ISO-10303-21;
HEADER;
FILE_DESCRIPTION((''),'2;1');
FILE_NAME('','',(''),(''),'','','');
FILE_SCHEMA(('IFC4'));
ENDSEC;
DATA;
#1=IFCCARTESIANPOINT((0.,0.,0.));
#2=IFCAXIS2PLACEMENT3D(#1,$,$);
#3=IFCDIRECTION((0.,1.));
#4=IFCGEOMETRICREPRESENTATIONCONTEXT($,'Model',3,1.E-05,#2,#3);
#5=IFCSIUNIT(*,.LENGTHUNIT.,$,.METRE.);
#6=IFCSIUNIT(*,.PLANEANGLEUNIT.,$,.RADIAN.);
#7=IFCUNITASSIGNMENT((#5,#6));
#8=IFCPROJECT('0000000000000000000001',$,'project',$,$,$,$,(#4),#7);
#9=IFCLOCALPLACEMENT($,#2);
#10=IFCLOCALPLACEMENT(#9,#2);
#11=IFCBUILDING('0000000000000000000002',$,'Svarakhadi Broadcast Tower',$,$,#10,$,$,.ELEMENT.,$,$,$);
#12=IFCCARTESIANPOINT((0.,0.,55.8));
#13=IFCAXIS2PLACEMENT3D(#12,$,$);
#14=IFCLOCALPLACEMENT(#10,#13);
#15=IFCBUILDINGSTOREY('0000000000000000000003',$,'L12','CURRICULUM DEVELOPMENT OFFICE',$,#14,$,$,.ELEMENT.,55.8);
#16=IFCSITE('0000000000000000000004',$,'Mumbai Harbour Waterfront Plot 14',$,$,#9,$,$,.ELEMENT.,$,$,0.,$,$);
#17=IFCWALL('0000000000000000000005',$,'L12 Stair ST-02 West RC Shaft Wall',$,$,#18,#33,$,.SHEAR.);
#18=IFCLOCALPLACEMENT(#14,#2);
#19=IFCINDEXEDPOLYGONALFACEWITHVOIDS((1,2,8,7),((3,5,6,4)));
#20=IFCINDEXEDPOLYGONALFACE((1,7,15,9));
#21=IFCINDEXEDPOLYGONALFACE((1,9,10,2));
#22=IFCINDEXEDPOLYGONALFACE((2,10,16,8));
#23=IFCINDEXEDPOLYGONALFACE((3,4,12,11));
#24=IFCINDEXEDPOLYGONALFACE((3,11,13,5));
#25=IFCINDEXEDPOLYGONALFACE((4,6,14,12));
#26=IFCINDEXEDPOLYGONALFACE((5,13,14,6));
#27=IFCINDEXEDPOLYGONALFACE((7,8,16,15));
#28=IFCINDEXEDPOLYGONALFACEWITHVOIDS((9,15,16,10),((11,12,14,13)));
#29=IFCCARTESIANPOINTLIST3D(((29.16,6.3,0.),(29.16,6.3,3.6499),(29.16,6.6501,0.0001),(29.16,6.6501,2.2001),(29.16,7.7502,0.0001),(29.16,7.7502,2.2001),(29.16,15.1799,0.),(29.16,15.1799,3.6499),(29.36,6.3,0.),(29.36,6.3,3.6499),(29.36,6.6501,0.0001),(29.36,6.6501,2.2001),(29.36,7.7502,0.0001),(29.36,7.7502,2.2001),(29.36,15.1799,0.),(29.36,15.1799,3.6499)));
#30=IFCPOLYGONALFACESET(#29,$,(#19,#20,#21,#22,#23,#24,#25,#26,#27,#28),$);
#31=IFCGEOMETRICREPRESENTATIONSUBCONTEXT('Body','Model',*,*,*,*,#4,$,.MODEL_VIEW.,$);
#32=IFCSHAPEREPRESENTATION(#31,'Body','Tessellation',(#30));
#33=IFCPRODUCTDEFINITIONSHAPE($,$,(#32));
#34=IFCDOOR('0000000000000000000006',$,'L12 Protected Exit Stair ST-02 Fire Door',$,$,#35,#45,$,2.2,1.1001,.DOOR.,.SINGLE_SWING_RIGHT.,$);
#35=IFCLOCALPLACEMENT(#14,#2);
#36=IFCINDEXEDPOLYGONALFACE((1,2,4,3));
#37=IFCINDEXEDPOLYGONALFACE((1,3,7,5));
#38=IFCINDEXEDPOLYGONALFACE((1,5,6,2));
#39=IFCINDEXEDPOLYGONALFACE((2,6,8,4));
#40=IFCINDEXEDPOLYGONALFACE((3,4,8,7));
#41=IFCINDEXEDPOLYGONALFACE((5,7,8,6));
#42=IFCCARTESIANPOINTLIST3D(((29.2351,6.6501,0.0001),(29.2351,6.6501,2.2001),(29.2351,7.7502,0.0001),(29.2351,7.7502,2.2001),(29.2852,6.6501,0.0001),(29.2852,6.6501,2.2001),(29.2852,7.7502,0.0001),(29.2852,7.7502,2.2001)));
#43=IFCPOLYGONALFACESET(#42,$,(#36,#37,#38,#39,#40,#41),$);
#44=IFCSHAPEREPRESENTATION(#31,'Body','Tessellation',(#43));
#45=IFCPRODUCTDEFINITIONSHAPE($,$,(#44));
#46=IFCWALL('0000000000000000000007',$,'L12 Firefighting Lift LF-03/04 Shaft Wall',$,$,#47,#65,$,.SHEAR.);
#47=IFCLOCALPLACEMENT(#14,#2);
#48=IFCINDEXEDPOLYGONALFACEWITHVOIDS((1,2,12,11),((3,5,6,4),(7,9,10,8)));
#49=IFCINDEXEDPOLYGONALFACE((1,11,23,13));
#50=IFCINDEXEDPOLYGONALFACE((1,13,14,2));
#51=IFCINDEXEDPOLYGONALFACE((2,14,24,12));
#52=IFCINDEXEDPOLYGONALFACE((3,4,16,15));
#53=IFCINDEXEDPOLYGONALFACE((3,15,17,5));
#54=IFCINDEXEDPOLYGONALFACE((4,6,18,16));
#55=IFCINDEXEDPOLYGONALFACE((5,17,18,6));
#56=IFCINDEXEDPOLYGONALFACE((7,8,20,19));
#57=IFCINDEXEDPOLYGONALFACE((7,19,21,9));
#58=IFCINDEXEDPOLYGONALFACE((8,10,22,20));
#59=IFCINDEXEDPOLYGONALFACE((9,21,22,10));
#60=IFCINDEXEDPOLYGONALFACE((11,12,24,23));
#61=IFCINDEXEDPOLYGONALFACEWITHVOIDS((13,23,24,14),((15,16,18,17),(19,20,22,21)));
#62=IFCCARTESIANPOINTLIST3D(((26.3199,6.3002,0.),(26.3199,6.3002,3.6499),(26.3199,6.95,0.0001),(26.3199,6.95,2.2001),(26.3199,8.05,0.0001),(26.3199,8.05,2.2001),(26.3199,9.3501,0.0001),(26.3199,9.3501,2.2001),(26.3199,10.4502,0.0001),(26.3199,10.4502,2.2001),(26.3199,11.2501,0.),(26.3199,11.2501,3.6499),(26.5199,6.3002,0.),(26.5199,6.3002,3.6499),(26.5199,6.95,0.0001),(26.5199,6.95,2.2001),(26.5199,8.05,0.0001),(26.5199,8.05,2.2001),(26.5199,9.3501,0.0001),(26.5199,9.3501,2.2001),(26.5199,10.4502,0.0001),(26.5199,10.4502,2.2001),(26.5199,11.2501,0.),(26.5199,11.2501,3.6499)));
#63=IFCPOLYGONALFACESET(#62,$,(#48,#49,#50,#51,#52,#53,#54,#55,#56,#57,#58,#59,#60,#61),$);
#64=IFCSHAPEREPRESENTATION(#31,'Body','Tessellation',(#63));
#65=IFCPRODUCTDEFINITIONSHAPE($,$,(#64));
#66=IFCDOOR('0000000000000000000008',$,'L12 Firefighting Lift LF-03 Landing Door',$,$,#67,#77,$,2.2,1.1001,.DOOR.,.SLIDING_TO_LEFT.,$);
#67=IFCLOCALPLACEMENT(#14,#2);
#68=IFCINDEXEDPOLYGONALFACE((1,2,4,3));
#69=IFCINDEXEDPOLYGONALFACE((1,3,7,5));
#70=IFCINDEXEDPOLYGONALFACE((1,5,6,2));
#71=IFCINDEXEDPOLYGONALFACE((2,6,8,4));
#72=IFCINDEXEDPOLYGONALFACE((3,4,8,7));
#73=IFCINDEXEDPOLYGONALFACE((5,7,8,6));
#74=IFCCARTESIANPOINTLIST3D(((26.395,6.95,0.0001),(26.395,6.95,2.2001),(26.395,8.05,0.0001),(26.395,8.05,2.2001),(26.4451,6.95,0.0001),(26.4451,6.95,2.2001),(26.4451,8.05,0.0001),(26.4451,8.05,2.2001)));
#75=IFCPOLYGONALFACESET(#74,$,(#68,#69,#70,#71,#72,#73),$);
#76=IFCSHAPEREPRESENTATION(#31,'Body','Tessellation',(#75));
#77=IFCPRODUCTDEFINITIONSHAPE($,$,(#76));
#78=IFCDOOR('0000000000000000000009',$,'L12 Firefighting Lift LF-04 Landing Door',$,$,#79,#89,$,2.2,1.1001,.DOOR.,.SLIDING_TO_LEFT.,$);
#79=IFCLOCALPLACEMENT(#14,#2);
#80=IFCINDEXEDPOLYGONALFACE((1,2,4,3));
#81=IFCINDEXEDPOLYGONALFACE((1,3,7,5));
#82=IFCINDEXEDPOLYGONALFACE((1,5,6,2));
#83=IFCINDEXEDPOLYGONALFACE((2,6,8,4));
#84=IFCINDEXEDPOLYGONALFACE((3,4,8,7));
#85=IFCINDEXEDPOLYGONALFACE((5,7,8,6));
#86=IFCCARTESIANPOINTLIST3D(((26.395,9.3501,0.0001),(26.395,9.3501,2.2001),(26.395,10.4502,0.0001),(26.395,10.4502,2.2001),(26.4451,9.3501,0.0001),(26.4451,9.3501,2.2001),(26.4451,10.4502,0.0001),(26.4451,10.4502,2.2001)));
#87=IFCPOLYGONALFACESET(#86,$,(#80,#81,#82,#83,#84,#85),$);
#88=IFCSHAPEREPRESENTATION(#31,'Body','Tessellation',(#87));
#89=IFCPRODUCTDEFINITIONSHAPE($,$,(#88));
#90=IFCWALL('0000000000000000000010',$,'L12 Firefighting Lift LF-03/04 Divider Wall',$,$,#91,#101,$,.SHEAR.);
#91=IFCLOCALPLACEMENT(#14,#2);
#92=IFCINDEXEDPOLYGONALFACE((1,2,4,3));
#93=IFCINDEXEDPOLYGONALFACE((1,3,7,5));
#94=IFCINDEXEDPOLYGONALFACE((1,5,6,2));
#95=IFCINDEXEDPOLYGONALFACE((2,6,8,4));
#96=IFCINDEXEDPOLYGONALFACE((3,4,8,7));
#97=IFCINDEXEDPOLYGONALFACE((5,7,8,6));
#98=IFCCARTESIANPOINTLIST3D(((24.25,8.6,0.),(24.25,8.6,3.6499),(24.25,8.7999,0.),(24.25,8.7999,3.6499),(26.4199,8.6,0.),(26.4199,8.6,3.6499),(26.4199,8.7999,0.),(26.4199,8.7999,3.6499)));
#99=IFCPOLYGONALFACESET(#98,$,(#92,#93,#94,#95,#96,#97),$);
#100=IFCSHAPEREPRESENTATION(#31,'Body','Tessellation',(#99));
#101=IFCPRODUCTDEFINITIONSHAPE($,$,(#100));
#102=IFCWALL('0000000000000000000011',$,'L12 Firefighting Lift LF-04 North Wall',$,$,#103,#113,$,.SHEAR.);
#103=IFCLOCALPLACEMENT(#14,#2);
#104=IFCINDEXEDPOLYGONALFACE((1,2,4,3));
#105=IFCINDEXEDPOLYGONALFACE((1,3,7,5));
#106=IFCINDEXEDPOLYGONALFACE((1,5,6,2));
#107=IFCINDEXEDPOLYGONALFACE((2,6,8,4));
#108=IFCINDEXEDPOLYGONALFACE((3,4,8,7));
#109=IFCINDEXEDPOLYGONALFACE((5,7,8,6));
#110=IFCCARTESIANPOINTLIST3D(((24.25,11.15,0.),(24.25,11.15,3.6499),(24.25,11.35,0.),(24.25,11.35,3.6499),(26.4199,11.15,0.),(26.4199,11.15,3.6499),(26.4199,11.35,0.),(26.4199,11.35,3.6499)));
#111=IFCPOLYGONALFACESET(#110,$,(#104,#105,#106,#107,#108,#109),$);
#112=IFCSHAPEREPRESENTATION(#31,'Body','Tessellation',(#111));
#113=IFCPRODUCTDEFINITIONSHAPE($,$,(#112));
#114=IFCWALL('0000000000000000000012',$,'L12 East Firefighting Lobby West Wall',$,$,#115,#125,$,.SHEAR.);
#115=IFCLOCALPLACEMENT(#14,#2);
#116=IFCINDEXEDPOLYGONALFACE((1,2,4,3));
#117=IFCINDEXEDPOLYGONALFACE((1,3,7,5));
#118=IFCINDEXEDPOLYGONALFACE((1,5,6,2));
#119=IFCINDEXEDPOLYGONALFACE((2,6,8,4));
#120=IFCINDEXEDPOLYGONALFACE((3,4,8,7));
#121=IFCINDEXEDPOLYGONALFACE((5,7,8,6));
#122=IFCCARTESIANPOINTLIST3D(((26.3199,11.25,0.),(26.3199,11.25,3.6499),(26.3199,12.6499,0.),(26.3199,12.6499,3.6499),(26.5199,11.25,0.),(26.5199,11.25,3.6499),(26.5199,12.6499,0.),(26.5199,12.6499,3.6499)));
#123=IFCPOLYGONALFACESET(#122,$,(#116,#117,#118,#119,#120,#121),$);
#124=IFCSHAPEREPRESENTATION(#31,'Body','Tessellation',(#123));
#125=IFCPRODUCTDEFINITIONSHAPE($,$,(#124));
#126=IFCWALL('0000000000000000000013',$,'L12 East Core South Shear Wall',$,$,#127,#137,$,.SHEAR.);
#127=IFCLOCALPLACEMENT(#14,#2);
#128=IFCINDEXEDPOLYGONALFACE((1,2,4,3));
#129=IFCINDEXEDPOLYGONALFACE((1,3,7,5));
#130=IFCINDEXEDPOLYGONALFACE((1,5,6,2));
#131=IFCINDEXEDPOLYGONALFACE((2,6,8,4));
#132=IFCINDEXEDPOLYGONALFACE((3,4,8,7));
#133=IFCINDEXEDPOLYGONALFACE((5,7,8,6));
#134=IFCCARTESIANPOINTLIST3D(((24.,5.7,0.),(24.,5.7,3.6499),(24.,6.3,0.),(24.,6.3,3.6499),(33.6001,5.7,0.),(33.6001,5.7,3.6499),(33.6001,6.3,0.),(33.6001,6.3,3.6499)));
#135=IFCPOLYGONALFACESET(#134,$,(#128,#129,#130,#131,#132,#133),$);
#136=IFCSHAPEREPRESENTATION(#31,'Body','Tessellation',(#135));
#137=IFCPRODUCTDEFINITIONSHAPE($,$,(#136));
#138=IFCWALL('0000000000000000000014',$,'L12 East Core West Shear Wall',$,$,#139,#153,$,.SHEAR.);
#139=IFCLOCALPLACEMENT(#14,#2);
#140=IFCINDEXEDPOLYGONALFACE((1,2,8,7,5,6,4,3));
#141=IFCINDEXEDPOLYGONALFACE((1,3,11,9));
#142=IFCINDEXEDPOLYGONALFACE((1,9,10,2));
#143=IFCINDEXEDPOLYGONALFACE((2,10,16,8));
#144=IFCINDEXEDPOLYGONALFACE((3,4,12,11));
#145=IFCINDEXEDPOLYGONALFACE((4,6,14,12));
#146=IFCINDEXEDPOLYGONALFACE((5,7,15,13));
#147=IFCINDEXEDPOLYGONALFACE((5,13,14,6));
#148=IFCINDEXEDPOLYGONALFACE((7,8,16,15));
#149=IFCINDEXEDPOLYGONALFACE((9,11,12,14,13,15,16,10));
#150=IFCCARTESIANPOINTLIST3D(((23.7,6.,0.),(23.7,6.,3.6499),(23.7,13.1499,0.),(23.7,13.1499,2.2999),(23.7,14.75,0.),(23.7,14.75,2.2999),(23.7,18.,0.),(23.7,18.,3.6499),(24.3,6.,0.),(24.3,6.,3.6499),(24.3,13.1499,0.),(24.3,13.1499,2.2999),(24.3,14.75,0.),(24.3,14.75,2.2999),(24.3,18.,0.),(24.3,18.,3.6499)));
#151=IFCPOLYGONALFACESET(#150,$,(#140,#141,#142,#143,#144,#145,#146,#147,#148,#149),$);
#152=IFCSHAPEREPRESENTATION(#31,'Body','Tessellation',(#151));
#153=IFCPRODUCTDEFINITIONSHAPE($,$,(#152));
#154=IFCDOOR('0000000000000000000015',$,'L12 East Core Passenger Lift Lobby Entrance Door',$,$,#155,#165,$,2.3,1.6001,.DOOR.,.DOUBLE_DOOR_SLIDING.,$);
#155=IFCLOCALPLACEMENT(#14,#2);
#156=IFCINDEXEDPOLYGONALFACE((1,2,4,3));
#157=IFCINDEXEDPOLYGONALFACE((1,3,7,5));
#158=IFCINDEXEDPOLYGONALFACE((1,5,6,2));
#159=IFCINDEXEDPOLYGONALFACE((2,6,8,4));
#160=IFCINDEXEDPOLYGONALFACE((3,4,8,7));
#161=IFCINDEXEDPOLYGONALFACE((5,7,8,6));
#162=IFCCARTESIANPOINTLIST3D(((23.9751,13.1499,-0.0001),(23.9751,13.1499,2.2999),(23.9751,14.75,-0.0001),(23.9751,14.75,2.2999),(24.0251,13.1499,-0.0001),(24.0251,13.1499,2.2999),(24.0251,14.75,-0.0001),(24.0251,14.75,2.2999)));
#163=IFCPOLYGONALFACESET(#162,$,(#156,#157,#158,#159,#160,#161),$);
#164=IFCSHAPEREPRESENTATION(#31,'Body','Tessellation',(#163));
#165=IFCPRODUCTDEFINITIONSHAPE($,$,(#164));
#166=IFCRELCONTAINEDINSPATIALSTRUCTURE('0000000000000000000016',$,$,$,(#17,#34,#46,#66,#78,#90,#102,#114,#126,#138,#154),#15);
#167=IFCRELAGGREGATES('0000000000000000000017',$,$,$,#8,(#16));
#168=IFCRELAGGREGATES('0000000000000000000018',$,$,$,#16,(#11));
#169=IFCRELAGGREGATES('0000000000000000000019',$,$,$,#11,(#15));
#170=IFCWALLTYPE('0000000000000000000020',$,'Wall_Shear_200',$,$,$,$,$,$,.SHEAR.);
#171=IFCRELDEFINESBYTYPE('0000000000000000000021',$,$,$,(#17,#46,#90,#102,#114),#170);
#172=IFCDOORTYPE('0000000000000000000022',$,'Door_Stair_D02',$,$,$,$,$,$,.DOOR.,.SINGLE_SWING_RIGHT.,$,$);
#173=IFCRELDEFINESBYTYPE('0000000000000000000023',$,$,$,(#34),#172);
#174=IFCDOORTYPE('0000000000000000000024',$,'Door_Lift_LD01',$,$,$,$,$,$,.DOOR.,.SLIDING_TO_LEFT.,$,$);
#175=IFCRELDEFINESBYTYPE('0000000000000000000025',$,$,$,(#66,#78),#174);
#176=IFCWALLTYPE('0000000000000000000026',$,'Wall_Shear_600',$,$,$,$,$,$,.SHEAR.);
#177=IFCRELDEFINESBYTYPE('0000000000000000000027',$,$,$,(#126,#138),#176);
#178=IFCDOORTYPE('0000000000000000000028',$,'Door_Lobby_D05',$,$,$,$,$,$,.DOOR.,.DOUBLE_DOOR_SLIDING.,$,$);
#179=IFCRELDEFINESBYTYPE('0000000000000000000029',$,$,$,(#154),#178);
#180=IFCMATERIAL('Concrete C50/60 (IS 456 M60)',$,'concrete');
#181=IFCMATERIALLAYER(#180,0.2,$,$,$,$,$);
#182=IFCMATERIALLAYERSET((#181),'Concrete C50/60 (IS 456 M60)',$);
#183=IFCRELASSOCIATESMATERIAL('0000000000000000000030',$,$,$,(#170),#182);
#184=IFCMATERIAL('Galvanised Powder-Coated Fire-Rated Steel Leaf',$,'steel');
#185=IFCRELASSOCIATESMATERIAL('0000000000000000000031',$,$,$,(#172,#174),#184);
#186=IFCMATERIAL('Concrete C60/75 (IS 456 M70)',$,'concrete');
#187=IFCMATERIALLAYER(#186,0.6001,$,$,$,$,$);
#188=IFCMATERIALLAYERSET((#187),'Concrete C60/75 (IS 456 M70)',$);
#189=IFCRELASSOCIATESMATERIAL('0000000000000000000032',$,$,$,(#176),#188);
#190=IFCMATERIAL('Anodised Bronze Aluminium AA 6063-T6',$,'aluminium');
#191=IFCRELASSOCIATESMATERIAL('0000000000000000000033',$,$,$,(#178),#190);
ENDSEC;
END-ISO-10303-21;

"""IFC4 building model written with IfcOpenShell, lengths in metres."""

from ifc_helpers import new_model, si_unit, direction, frame, frame_2d, origin, place, context, subcontext, project, spatial, rectangle, extrude, material, layer, layer_set, type_object, element, fill, save


model = new_model("IFC4")

# Units and contexts
model_context = context("Model", 3, precision=1e-05, world=origin(), true_north=direction((0.0, 1.0)))
body_context = subcontext(model_context, "Body", "Model", "MODEL_VIEW")
ifc_project = project(units=[si_unit("LENGTHUNIT", "METRE"), si_unit("PLANEANGLEUNIT", "RADIAN")], contexts=[model_context])

# Site, building, storey
site_placement = place(None, origin())
site = spatial("IfcSite", under=ifc_project, at=site_placement, Name="Mumbai Harbour Waterfront Plot 14", CompositionType="ELEMENT", RefElevation=0.0)
building_placement = place(site_placement, origin())
building = spatial("IfcBuilding", under=site, at=building_placement, Name="Svarakhadi Broadcast Tower", CompositionType="ELEMENT")
storey_placement = place(building_placement, frame((0.0, 0.0, 55.8)))
storey = spatial("IfcBuildingStorey", under=building, at=storey_placement, Name="L12", Description="CURRICULUM DEVELOPMENT OFFICE", CompositionType="ELEMENT", Elevation=55.8)

# Shared definitions
ifc_material_1 = material(Name="Concrete C60/75 (IS 456 M70)", Category="concrete")

# Wall, opening, door
ifc_material_2 = material(Name="Concrete C50/60 (IS 456 M60)", Category="concrete")
ifc_layer_1 = layer(ifc_material_2, 0.2)
ifc_layer_set_1 = layer_set([ifc_layer_1], Name="Concrete C50/60 (IS 456 M60)")
wall_type_1 = type_object("IfcWallType", Name="Wall_Shear_200", PredefinedType="SHEAR", material=ifc_layer_set_1)
wall_1_placement = place(storey_placement, frame((29.26, 6.3, 0.0), z_axis=(0.0, 0.0, 1.0), x_axis=(0.0, 1.0, 0.0)))
wall_1 = element("IfcWall", 1, at=wall_1_placement, inside=storey, type_object=wall_type_1, Name="L12 Stair ST-02 West RC Shaft Wall", PredefinedType="SHEAR", context=body_context, shape_type="SweptSolid", body=[
    extrude(rectangle(XDim=8.8799, YDim=0.2, at=frame_2d((4.4399, 0.0))), origin(), (0.0, 0.0, 1.0), 3.6499),
])
opening_1_placement = place(wall_1_placement, frame((0.3501, 0.0, 0.0)))
opening_1 = element("IfcOpeningElement", 2, at=opening_1_placement, cuts=wall_1, PredefinedType="OPENING", context=body_context, shape_type="SweptSolid", body=[
    extrude(rectangle(XDim=1.1001, YDim=2.2, at=frame_2d((0.55, 1.1001))), frame((0.0, 0.1099, 0.0), z_axis=(0.0, -1.0, 0.0), x_axis=(1.0, 0.0, 0.0)), (0.0, 0.0, 1.0), 0.22),
])
ifc_material_3 = material(Name="Galvanised Powder-Coated Fire-Rated Steel Leaf", Category="steel")
door_type_1 = type_object("IfcDoorType", Name="Door_Stair_D02", OperationType="SINGLE_SWING_RIGHT", PredefinedType="DOOR", material=ifc_material_3)
door_1_placement = place(opening_1_placement, origin())
door_1 = element("IfcDoor", 3, at=door_1_placement, inside=storey, type_object=door_type_1, Name="L12 Protected Exit Stair ST-02 Fire Door", OperationType="SINGLE_SWING_RIGHT", OverallHeight=2.2, OverallWidth=1.1001, PredefinedType="DOOR", context=body_context, shape_type="SweptSolid", body=[
    extrude(rectangle(XDim=1.1001, YDim=2.2, at=frame_2d((0.55, 1.1001))), frame((0.0, 0.0249, 0.0), z_axis=(0.0, -1.0, 0.0), x_axis=(1.0, 0.0, 0.0)), (0.0, 0.0, 1.0), 0.05),
])
fill(opening_1, door_1)

# Wall, openings, doors
wall_2_placement = place(storey_placement, frame((26.4199, 6.3, 0.0), z_axis=(0.0, 0.0, 1.0), x_axis=(0.0, 1.0, 0.0)))
wall_2 = element("IfcWall", 4, at=wall_2_placement, inside=storey, type_object=wall_type_1, Name="L12 Firefighting Lift LF-03/04 Shaft Wall", PredefinedType="SHEAR", context=body_context, shape_type="SweptSolid", body=[
    extrude(rectangle(XDim=4.95, YDim=0.2, at=frame_2d((2.4751, 0.0))), origin(), (0.0, 0.0, 1.0), 3.6499),
])
opening_2_placement = place(wall_2_placement, frame((0.6499, 0.0, 0.0)))
opening_2 = element("IfcOpeningElement", 5, at=opening_2_placement, cuts=wall_2, PredefinedType="OPENING", context=body_context, shape_type="SweptSolid", body=[
    extrude(rectangle(XDim=1.1001, YDim=2.2, at=frame_2d((0.55, 1.1001))), frame((0.0, 0.1099, 0.0), z_axis=(0.0, -1.0, 0.0), x_axis=(1.0, 0.0, 0.0)), (0.0, 0.0, 1.0), 0.22),
])
opening_3_placement = place(wall_2_placement, frame((3.05, 0.0, 0.0)))
opening_3 = element("IfcOpeningElement", 6, at=opening_3_placement, cuts=wall_2, PredefinedType="OPENING", context=body_context, shape_type="SweptSolid", body=[
    extrude(rectangle(XDim=1.1001, YDim=2.2, at=frame_2d((0.55, 1.1001))), frame((0.0, 0.1099, 0.0), z_axis=(0.0, -1.0, 0.0), x_axis=(1.0, 0.0, 0.0)), (0.0, 0.0, 1.0), 0.22),
])
door_type_2 = type_object("IfcDoorType", Name="Door_Lift_LD01", OperationType="SLIDING_TO_LEFT", PredefinedType="DOOR", material=ifc_material_3)
door_2_placement = place(opening_2_placement, origin())
door_2 = element("IfcDoor", 7, at=door_2_placement, inside=storey, type_object=door_type_2, Name="L12 Firefighting Lift LF-03 Landing Door", OperationType="SLIDING_TO_LEFT", OverallHeight=2.2, OverallWidth=1.1001, PredefinedType="DOOR", context=body_context, shape_type="SweptSolid", body=[
    extrude(rectangle(XDim=1.1001, YDim=2.2, at=frame_2d((0.55, 1.1001))), frame((0.0, 0.0249, 0.0), z_axis=(0.0, -1.0, 0.0), x_axis=(1.0, 0.0, 0.0)), (0.0, 0.0, 1.0), 0.05),
])
fill(opening_2, door_2)
door_3_placement = place(opening_3_placement, origin())
door_3 = element("IfcDoor", 8, at=door_3_placement, inside=storey, type_object=door_type_2, Name="L12 Firefighting Lift LF-04 Landing Door", OperationType="SLIDING_TO_LEFT", OverallHeight=2.2, OverallWidth=1.1001, PredefinedType="DOOR", context=body_context, shape_type="SweptSolid", body=[
    extrude(rectangle(XDim=1.1001, YDim=2.2, at=frame_2d((0.55, 1.1001))), frame((0.0, 0.0249, 0.0), z_axis=(0.0, -1.0, 0.0), x_axis=(1.0, 0.0, 0.0)), (0.0, 0.0, 1.0), 0.05),
])
fill(opening_3, door_3)

# Walls
for number, where, z_axis, x_axis, name in (
    (9, (24.25, 8.7, 0.0), (0.0, 0.0, 1.0), (1.0, 0.0, 0.0), "L12 Firefighting Lift LF-03/04 Divider Wall"),
    (10, (24.25, 11.25, 0.0), (0.0, 0.0, 1.0), (1.0, 0.0, 0.0), "L12 Firefighting Lift LF-04 North Wall"),
):
    element("IfcWall", number, at=place(storey_placement, frame(where, z_axis=z_axis, x_axis=x_axis)), inside=storey, type_object=wall_type_1, Name=name, PredefinedType="SHEAR", context=body_context, shape_type="SweptSolid", body=[
        extrude(rectangle(XDim=2.1699, YDim=0.2, at=frame_2d((1.085, 0.0))), origin(), (0.0, 0.0, 1.0), 3.6499),
    ])
wall_3_placement = place(storey_placement, frame((26.4199, 11.25, 0.0), z_axis=(0.0, 0.0, 1.0), x_axis=(0.0, 1.0, 0.0)))
element("IfcWall", 11, at=wall_3_placement, inside=storey, type_object=wall_type_1, Name="L12 East Firefighting Lobby West Wall", PredefinedType="SHEAR", context=body_context, shape_type="SweptSolid", body=[
    extrude(rectangle(XDim=1.3999, YDim=0.2, at=frame_2d((0.7, 0.0))), origin(), (0.0, 0.0, 1.0), 3.6499),
])
ifc_layer_2 = layer(ifc_material_1, 0.6001)
ifc_layer_set_2 = layer_set([ifc_layer_2], Name="Concrete C60/75 (IS 456 M70)")
wall_type_2 = type_object("IfcWallType", Name="Wall_Shear_600", PredefinedType="SHEAR", material=ifc_layer_set_2)
wall_4_placement = place(storey_placement, frame((24.0, 6.0, 0.0), z_axis=(0.0, 0.0, 1.0), x_axis=(1.0, 0.0, 0.0)))
element("IfcWall", 12, at=wall_4_placement, inside=storey, type_object=wall_type_2, Name="L12 East Core South Shear Wall", PredefinedType="SHEAR", context=body_context, shape_type="SweptSolid", body=[
    extrude(rectangle(XDim=9.6001, YDim=0.6001, at=frame_2d((4.8, 0.0))), origin(), (0.0, 0.0, 1.0), 3.6499),
])

# Wall, opening, door
wall_5_placement = place(storey_placement, frame((24.0, 6.0, 0.0), z_axis=(0.0, 0.0, 1.0), x_axis=(0.0, 1.0, 0.0)))
wall_5 = element("IfcWall", 13, at=wall_5_placement, inside=storey, type_object=wall_type_2, Name="L12 East Core West Shear Wall", PredefinedType="SHEAR", context=body_context, shape_type="SweptSolid", body=[
    extrude(rectangle(XDim=12.0, YDim=0.6001, at=frame_2d((6.0, 0.0))), origin(), (0.0, 0.0, 1.0), 3.6499),
])
opening_4_placement = place(wall_5_placement, frame((7.1499, 0.0, 0.0)))
opening_4 = element("IfcOpeningElement", 14, at=opening_4_placement, cuts=wall_5, PredefinedType="OPENING", context=body_context, shape_type="SweptSolid", body=[
    extrude(rectangle(XDim=1.6001, YDim=2.3, at=frame_2d((0.8, 1.1499))), frame((0.0, 0.3101, 0.0), z_axis=(0.0, -1.0, 0.0), x_axis=(1.0, 0.0, 0.0)), (0.0, 0.0, 1.0), 0.6201),
])
ifc_material_4 = material(Name="Anodised Bronze Aluminium AA 6063-T6", Category="aluminium")
door_type_3 = type_object("IfcDoorType", Name="Door_Lobby_D05", OperationType="DOUBLE_DOOR_SLIDING", PredefinedType="DOOR", material=ifc_material_4)
door_4_placement = place(opening_4_placement, origin())
door_4 = element("IfcDoor", 15, at=door_4_placement, inside=storey, type_object=door_type_3, Name="L12 East Core Passenger Lift Lobby Entrance Door", OperationType="DOUBLE_DOOR_SLIDING", OverallHeight=2.3, OverallWidth=1.6001, PredefinedType="DOOR", context=body_context, shape_type="SweptSolid", body=[
    extrude(rectangle(XDim=1.6001, YDim=2.3, at=frame_2d((0.8, 1.1499))), frame((0.0, 0.0249, 0.0), z_axis=(0.0, -1.0, 0.0), x_axis=(1.0, 0.0, 0.0)), (0.0, 0.0, 1.0), 0.05),
])
fill(opening_4, door_4)

save(model, "model.ifc")
